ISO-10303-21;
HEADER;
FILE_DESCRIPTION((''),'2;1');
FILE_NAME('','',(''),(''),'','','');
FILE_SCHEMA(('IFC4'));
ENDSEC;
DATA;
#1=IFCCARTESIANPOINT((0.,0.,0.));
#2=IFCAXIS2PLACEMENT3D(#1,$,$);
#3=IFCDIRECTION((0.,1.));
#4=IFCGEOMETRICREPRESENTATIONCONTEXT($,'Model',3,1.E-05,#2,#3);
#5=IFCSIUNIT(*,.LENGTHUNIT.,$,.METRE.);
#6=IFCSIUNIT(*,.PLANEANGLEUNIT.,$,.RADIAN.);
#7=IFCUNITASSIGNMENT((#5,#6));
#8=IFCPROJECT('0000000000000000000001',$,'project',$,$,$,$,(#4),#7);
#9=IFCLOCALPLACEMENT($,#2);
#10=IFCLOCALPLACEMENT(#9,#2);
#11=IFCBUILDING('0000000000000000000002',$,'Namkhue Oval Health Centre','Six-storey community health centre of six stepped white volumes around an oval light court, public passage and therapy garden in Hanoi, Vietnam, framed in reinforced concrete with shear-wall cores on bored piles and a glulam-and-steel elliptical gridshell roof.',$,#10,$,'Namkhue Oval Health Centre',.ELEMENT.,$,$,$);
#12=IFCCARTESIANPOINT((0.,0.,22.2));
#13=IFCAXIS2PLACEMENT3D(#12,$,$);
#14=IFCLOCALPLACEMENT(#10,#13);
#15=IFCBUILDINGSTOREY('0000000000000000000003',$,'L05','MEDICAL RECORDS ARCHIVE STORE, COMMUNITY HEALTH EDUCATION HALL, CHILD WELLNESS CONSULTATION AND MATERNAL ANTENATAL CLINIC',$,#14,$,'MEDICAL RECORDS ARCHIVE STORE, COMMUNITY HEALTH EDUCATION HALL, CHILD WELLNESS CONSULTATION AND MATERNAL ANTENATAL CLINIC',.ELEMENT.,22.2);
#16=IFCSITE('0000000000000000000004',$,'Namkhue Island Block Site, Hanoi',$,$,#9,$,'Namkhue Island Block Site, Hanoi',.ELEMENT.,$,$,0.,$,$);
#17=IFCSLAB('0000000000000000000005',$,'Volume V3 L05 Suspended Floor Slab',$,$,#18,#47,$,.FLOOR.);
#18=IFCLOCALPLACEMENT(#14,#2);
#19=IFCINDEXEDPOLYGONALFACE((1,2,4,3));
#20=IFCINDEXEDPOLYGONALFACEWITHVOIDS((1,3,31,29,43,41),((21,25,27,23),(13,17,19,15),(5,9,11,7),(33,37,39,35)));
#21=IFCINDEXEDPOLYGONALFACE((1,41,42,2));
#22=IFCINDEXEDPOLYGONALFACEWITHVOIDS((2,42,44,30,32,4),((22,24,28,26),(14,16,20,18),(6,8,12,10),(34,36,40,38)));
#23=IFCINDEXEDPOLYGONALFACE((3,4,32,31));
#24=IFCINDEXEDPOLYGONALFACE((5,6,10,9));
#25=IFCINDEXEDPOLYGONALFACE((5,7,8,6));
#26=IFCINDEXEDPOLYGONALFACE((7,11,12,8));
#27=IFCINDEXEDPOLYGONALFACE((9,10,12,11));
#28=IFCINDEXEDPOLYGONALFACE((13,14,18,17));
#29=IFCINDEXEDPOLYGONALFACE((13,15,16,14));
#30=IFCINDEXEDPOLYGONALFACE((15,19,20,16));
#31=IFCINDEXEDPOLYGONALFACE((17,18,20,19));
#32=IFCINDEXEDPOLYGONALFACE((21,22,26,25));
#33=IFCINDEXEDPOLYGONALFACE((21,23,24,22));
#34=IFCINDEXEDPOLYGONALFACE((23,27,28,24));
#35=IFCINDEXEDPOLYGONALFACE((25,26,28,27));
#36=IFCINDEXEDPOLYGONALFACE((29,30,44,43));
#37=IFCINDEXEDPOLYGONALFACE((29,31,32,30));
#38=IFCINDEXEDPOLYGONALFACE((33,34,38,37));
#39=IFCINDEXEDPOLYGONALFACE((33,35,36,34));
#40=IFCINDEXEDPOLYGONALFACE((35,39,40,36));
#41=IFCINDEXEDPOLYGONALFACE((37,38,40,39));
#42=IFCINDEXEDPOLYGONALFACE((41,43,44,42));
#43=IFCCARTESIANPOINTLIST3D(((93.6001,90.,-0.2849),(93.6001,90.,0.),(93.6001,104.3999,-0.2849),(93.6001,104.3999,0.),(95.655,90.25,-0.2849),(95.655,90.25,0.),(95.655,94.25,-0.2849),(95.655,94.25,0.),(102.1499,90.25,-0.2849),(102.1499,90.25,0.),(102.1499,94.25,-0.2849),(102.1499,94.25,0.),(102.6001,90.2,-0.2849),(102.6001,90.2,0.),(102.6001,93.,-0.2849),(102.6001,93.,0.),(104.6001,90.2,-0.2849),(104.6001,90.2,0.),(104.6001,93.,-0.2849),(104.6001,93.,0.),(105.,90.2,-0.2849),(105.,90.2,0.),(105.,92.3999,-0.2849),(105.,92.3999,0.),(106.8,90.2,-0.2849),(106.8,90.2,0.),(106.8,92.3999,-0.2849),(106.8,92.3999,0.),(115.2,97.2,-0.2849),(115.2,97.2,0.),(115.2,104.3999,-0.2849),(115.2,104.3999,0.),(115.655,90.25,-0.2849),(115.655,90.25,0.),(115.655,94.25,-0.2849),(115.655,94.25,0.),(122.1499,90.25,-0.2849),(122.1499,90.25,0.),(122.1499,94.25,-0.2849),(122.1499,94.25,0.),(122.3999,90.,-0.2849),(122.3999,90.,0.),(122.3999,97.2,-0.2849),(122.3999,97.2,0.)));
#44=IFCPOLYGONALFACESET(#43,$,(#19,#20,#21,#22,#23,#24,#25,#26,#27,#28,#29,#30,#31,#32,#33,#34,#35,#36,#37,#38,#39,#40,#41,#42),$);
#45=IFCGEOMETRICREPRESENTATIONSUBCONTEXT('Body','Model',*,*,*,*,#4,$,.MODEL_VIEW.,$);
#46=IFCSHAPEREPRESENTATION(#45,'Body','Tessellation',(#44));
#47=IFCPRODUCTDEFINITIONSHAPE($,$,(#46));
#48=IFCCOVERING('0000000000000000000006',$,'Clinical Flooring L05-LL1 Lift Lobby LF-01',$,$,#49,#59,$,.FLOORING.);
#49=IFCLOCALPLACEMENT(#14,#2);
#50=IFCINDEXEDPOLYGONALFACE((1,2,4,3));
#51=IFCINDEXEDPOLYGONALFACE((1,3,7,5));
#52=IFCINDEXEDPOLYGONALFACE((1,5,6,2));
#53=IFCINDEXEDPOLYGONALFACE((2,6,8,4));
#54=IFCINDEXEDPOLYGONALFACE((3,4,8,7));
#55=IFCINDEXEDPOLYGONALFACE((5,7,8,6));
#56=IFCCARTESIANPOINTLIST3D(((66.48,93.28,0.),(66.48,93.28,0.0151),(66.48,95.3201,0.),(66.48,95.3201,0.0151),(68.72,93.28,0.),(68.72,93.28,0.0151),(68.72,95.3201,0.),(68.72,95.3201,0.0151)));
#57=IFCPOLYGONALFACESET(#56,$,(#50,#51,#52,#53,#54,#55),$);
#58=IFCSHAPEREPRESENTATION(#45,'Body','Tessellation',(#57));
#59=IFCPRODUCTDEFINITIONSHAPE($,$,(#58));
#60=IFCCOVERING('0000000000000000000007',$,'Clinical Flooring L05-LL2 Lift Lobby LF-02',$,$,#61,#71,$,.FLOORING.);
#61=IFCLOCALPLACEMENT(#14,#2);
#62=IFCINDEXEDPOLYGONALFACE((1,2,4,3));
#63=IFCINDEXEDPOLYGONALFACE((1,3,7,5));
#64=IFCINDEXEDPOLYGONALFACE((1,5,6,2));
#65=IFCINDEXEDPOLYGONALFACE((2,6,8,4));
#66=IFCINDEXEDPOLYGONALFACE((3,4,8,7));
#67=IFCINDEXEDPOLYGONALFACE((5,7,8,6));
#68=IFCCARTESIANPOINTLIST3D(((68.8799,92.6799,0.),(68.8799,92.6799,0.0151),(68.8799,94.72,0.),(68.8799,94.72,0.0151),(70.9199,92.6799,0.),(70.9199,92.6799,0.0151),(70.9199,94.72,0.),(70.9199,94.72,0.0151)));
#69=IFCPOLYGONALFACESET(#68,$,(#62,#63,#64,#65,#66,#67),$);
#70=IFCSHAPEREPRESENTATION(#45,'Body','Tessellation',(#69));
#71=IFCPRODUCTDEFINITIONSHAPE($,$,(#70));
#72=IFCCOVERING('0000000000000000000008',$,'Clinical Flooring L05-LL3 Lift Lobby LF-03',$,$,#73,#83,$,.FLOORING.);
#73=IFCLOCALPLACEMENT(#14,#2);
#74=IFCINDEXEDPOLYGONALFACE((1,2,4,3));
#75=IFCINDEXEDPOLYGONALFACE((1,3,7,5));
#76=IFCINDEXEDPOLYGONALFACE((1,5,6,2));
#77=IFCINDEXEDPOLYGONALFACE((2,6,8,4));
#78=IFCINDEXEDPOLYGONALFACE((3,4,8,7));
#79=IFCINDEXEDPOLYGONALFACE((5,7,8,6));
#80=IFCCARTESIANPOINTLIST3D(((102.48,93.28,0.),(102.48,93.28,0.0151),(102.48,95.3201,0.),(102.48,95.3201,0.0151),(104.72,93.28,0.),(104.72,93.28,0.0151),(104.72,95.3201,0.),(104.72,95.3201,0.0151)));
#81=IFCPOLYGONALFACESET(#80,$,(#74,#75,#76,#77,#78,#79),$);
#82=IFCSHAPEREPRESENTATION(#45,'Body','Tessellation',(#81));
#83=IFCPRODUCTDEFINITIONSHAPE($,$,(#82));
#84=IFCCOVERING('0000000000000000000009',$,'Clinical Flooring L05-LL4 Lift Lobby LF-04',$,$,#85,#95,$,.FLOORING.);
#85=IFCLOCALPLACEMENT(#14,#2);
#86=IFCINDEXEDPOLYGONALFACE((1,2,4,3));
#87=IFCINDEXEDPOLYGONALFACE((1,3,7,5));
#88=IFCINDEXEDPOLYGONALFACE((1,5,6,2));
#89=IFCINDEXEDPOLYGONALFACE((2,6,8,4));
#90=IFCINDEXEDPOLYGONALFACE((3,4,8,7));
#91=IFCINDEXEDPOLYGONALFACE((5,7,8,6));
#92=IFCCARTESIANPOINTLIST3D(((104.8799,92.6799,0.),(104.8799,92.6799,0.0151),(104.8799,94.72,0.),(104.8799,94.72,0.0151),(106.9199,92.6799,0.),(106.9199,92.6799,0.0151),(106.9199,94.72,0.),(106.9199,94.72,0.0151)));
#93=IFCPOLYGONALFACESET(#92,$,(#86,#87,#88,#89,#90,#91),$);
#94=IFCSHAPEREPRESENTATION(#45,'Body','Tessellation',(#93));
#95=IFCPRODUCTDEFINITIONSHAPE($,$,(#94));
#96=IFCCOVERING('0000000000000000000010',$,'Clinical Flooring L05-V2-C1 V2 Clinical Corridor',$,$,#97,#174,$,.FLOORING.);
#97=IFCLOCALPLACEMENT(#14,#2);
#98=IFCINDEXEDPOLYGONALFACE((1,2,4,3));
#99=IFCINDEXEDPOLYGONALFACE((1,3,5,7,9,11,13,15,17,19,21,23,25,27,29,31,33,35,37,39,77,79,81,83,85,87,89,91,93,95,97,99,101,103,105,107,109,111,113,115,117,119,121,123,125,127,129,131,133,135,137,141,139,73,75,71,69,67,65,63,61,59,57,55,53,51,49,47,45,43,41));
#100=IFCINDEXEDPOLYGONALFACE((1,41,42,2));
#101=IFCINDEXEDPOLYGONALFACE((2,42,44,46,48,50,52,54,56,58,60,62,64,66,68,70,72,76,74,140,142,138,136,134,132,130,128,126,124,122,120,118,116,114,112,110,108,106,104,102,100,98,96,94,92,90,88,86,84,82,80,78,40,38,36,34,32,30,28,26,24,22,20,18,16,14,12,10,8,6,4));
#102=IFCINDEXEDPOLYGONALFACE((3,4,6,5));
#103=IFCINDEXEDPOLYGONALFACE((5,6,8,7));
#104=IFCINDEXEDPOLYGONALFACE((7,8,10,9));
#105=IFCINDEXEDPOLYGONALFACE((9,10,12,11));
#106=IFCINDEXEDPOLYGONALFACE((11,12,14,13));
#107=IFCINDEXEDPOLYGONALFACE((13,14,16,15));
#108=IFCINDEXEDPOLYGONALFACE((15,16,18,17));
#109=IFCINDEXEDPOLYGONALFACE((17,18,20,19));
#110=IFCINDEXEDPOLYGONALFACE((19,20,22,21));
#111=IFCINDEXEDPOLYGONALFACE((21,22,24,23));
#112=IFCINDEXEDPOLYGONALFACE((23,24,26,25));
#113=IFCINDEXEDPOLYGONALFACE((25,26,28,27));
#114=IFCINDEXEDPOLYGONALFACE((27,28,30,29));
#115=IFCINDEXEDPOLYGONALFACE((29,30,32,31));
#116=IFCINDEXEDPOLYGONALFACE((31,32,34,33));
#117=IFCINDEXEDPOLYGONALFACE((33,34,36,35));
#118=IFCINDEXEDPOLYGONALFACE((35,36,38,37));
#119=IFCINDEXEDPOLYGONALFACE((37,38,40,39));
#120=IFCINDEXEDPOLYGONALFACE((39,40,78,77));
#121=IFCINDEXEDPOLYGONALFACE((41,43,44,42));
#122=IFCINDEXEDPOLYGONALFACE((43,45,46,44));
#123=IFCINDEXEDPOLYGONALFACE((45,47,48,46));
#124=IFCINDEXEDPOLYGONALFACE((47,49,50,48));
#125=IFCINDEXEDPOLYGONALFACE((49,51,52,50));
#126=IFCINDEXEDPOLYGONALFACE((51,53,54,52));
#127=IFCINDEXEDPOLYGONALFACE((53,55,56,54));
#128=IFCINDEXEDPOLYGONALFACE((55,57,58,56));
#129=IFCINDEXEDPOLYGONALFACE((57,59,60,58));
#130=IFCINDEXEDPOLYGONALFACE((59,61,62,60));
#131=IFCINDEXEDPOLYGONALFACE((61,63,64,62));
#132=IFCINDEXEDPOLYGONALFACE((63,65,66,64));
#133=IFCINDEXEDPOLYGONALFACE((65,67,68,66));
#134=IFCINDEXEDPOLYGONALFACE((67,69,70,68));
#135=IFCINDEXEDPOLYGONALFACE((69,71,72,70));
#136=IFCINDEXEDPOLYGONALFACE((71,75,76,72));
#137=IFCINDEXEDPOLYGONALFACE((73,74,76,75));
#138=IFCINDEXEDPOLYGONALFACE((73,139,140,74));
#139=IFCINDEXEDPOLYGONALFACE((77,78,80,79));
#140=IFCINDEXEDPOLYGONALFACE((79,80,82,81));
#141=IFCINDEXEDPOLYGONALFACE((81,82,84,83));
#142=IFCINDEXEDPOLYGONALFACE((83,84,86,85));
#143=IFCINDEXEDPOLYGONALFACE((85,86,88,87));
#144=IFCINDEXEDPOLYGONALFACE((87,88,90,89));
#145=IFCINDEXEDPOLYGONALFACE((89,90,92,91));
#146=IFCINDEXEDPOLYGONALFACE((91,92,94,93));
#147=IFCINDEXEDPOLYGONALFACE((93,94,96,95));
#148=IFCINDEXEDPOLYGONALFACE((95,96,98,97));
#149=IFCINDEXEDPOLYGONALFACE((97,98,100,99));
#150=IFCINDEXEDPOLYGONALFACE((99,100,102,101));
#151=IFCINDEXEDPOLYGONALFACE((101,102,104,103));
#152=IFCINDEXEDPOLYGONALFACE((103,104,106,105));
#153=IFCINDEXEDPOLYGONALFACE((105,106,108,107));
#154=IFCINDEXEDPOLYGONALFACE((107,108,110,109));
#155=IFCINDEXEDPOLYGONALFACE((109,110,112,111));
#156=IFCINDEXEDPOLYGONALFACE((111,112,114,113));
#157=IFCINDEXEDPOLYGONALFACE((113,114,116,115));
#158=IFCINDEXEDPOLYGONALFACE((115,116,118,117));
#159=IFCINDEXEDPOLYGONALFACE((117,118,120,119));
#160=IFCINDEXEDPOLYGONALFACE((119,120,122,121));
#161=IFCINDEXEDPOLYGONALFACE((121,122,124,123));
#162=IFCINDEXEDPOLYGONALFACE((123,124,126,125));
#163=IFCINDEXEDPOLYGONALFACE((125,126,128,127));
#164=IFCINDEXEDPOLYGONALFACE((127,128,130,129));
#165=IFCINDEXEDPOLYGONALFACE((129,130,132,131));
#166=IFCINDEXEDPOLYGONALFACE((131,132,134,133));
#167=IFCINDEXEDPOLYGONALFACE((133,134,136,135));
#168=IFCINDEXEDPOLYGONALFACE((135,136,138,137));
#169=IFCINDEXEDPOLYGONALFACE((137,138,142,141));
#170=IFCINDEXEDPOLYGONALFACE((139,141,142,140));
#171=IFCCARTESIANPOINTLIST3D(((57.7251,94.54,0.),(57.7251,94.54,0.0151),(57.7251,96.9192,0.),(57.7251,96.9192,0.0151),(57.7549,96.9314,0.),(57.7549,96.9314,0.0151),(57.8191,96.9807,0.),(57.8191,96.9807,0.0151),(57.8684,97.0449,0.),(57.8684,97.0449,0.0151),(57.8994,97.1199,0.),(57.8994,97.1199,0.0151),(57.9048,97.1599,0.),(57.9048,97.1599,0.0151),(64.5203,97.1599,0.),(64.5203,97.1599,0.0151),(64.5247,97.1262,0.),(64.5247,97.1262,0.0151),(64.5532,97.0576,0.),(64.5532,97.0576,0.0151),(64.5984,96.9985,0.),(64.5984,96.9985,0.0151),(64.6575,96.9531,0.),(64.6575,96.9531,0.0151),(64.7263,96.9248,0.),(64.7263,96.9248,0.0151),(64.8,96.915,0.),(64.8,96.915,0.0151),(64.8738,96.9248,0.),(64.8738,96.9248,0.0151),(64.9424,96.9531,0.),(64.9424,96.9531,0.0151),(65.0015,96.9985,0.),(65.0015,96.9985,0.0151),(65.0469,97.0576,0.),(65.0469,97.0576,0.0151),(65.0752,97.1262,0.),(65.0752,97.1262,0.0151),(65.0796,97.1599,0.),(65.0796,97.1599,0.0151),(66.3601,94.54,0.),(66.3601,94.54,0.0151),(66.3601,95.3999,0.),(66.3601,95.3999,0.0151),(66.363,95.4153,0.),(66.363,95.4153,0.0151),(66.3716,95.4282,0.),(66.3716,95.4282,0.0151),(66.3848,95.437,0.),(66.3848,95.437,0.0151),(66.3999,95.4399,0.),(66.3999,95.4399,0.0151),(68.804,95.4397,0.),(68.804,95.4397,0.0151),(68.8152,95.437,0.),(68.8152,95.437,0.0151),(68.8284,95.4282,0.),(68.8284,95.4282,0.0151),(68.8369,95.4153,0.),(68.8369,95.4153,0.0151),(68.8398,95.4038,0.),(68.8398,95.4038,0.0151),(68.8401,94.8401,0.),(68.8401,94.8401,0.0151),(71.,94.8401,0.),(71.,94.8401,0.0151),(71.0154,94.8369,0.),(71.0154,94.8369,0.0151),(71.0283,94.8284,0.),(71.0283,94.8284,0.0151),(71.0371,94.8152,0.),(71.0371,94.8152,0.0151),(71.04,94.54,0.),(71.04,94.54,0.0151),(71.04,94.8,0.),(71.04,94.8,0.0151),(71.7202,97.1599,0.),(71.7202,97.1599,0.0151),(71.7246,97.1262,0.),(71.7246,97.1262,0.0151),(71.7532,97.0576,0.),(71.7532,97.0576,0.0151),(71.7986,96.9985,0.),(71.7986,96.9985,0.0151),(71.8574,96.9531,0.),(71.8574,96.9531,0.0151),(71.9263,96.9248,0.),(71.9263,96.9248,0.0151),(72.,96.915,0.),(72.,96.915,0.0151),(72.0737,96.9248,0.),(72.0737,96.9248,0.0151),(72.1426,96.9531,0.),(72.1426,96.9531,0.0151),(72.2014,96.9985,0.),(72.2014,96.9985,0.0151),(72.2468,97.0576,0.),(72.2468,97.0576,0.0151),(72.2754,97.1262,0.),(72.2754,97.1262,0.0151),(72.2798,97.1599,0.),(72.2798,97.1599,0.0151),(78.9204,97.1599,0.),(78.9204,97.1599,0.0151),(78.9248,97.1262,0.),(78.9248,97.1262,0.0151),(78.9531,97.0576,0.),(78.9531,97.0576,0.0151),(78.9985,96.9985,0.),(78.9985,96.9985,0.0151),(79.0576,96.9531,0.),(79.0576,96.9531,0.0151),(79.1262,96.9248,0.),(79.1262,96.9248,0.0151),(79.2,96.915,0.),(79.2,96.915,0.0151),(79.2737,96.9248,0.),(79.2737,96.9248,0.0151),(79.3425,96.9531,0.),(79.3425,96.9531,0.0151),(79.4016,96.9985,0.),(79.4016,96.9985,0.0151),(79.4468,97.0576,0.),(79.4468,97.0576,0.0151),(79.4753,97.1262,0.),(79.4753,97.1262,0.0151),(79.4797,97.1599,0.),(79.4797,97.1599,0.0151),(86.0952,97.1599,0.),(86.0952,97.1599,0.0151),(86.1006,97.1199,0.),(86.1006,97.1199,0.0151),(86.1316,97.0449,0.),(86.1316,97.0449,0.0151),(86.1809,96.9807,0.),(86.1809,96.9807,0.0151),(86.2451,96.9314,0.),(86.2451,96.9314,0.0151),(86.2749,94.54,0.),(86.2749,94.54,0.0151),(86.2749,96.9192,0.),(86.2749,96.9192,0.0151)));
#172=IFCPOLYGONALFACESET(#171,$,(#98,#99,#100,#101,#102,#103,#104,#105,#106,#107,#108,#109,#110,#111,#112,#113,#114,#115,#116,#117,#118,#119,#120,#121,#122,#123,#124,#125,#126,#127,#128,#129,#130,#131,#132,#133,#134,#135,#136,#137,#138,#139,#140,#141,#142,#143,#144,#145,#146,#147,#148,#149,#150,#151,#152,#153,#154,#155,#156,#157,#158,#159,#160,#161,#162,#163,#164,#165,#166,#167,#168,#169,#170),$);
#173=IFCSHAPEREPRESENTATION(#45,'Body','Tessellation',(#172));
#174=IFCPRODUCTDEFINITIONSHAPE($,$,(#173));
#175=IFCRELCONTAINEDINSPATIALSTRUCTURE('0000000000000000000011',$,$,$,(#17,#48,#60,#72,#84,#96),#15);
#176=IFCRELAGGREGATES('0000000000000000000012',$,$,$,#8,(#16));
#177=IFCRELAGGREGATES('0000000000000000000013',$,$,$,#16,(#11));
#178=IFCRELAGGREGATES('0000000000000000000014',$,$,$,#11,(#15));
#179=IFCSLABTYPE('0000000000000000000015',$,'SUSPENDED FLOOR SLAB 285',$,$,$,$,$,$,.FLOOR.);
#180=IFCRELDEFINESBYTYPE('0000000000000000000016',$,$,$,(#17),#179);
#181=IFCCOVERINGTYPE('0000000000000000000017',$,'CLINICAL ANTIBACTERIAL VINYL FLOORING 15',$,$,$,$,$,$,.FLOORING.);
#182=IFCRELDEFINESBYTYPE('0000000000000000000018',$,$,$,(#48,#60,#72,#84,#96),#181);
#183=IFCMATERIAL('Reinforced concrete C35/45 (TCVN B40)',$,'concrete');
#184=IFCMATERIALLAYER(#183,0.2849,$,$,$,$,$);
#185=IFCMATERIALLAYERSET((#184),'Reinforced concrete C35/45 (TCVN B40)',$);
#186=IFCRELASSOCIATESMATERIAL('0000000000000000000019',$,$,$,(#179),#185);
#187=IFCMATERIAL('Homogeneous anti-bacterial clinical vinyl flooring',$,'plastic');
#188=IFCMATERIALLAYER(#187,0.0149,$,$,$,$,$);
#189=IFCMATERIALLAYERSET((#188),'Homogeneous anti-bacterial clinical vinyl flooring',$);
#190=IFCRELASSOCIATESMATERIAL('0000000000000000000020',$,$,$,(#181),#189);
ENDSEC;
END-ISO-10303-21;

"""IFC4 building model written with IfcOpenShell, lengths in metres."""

from ifc_helpers import new_model, si_unit, direction, frame, origin, place, context, subcontext, project, spatial, polyline, outline, extrude, material, layer, layer_set, type_object, element, save


model = new_model("IFC4")

# Units and contexts
model_context = context("Model", 3, precision=1e-05, world=origin(), true_north=direction((0.0, 1.0)))
body_context = subcontext(model_context, "Body", "Model", "MODEL_VIEW")
ifc_project = project(units=[si_unit("LENGTHUNIT", "METRE"), si_unit("PLANEANGLEUNIT", "RADIAN")], contexts=[model_context])

# Site, building, storey
site_placement = place(None, origin())
site = spatial("IfcSite", under=ifc_project, at=site_placement, Name="Namkhue Island Block Site, Hanoi", LongName="Namkhue Island Block Site, Hanoi", CompositionType="ELEMENT", RefElevation=0.0)
building_placement = place(site_placement, origin())
building = spatial("IfcBuilding", under=site, at=building_placement, Name="Namkhue Oval Health Centre", Description="Six-storey community health centre of six stepped white volumes around an oval light court, public passage and therapy garden in Hanoi, Vietnam, framed in reinforced concrete with shear-wall cores on bored piles and a glulam-and-steel elliptical gridshell roof.", LongName="Namkhue Oval Health Centre", CompositionType="ELEMENT")
storey_placement = place(building_placement, frame((0.0, 0.0, 22.2)))
storey = spatial("IfcBuildingStorey", under=building, at=storey_placement, Name="L05", Description="MEDICAL RECORDS ARCHIVE STORE, COMMUNITY HEALTH EDUCATION HALL, CHILD WELLNESS CONSULTATION AND MATERNAL ANTENATAL CLINIC", LongName="MEDICAL RECORDS ARCHIVE STORE, COMMUNITY HEALTH EDUCATION HALL, CHILD WELLNESS CONSULTATION AND MATERNAL ANTENATAL CLINIC", CompositionType="ELEMENT", Elevation=22.2)

# Slab
ifc_material_1 = material(Name="Reinforced concrete C35/45 (TCVN B40)", Category="concrete")
ifc_layer_1 = layer(ifc_material_1, 0.2849)
ifc_layer_set_1 = layer_set([ifc_layer_1], Name="Reinforced concrete C35/45 (TCVN B40)")
slab_type_1 = type_object("IfcSlabType", Name="SUSPENDED FLOOR SLAB 285", PredefinedType="FLOOR", material=ifc_layer_set_1)
slab_1_placement = place(storey_placement, frame((0.0, 0.0, -0.2849)))
element("IfcSlab", 1, at=slab_1_placement, inside=storey, type_object=slab_type_1, Name="Volume V3 L05 Suspended Floor Slab", PredefinedType="FLOOR", context=body_context, shape_type="SweptSolid", body=[
    extrude(outline(polyline([(93.6001, 90.0), (122.3999, 90.0), (122.3999, 97.2), (115.2, 97.2), (115.2, 104.3999), (93.6001, 104.3999), (93.6001, 90.0)]), holes=[polyline([(95.655, 90.25), (102.1499, 90.25), (102.1499, 94.25), (95.655, 94.25), (95.655, 90.25)]), polyline([(115.655, 90.25), (122.1499, 90.25), (122.1499, 94.25), (115.655, 94.25), (115.655, 90.25)]), polyline([(102.6001, 90.2), (104.6001, 90.2), (104.6001, 93.0), (102.6001, 93.0), (102.6001, 90.2)]), polyline([(105.0, 90.2), (106.8, 90.2), (106.8, 92.3999), (105.0, 92.3999), (105.0, 90.2)])]), origin(), (0.0, 0.0, 1.0), 0.2849),
])

# Coverings
ifc_material_2 = material(Name="Homogeneous anti-bacterial clinical vinyl flooring", Category="plastic")
ifc_layer_2 = layer(ifc_material_2, 0.0149)
ifc_layer_set_2 = layer_set([ifc_layer_2], Name="Homogeneous anti-bacterial clinical vinyl flooring")
covering_type = type_object("IfcCoveringType", Name="CLINICAL ANTIBACTERIAL VINYL FLOORING 15", PredefinedType="FLOORING", material=ifc_layer_set_2)
covering_1_placement = place(storey_placement, origin())
element("IfcCovering", 2, at=covering_1_placement, inside=storey, type_object=covering_type, Name="Clinical Flooring L05-LL1 Lift Lobby LF-01", PredefinedType="FLOORING", context=body_context, shape_type="SweptSolid", body=[
    extrude(outline(polyline([(66.48, 93.28), (66.48, 95.3201), (68.72, 95.3201), (68.72, 93.28), (66.48, 93.28)])), origin(), (0.0, 0.0, 1.0), 0.0151),
])
covering_2_placement = place(storey_placement, origin())
element("IfcCovering", 3, at=covering_2_placement, inside=storey, type_object=covering_type, Name="Clinical Flooring L05-LL2 Lift Lobby LF-02", PredefinedType="FLOORING", context=body_context, shape_type="SweptSolid", body=[
    extrude(outline(polyline([(68.8799, 92.6799), (68.8799, 94.72), (70.9199, 94.72), (70.9199, 92.6799), (68.8799, 92.6799)])), origin(), (0.0, 0.0, 1.0), 0.0151),
])
covering_3_placement = place(storey_placement, origin())
element("IfcCovering", 4, at=covering_3_placement, inside=storey, type_object=covering_type, Name="Clinical Flooring L05-LL3 Lift Lobby LF-03", PredefinedType="FLOORING", context=body_context, shape_type="SweptSolid", body=[
    extrude(outline(polyline([(102.48, 93.28), (102.48, 95.3201), (104.72, 95.3201), (104.72, 93.28), (102.48, 93.28)])), origin(), (0.0, 0.0, 1.0), 0.0151),
])
covering_4_placement = place(storey_placement, origin())
element("IfcCovering", 5, at=covering_4_placement, inside=storey, type_object=covering_type, Name="Clinical Flooring L05-LL4 Lift Lobby LF-04", PredefinedType="FLOORING", context=body_context, shape_type="SweptSolid", body=[
    extrude(outline(polyline([(104.8799, 92.6799), (104.8799, 94.72), (106.9199, 94.72), (106.9199, 92.6799), (104.8799, 92.6799)])), origin(), (0.0, 0.0, 1.0), 0.0151),
])
covering_5_placement = place(storey_placement, origin())
element("IfcCovering", 6, at=covering_5_placement, inside=storey, type_object=covering_type, Name="Clinical Flooring L05-V2-C1 V2 Clinical Corridor", PredefinedType="FLOORING", context=body_context, shape_type="SweptSolid", body=[
    extrude(outline(polyline([(71.04, 94.8), (71.0371, 94.8152), (71.0283, 94.8284), (71.0154, 94.8369), (71.0, 94.8401), (68.8401, 94.8401), (68.8398, 95.4038), (68.8369, 95.4153), (68.8284, 95.4282), (68.8152, 95.437), (68.804, 95.4397), (66.3999, 95.4399), (66.3848, 95.437), (66.3716, 95.4282), (66.363, 95.4153), (66.3601, 95.3999), (66.3601, 94.54), (57.7251, 94.54), (57.7251, 96.9192), (57.7549, 96.9314), (57.8191, 96.9807), (57.8684, 97.0449), (57.8994, 97.1199), (57.9048, 97.1599), (64.5203, 97.1599), (64.5247, 97.1262), (64.5532, 97.0576), (64.5984, 96.9985), (64.6575, 96.9531), (64.7263, 96.9248), (64.8, 96.915), (64.8738, 96.9248), (64.9424, 96.9531), (65.0015, 96.9985), (65.0469, 97.0576), (65.0752, 97.1262), (65.0796, 97.1599), (71.7202, 97.1599), (71.7246, 97.1262), (71.7532, 97.0576), (71.7986, 96.9985), (71.8574, 96.9531), (71.9263, 96.9248), (72.0, 96.915), (72.0737, 96.9248), (72.1426, 96.9531), (72.2014, 96.9985), (72.2468, 97.0576), (72.2754, 97.1262), (72.2798, 97.1599), (78.9204, 97.1599), (78.9248, 97.1262), (78.9531, 97.0576), (78.9985, 96.9985), (79.0576, 96.9531), (79.1262, 96.9248), (79.2, 96.915), (79.2737, 96.9248), (79.3425, 96.9531), (79.4016, 96.9985), (79.4468, 97.0576), (79.4753, 97.1262), (79.4797, 97.1599), (86.0952, 97.1599), (86.1006, 97.1199), (86.1316, 97.0449), (86.1809, 96.9807), (86.2451, 96.9314), (86.2749, 96.9192), (86.2749, 94.54), (71.04, 94.54), (71.04, 94.8)])), origin(), (0.0, 0.0, 1.0), 0.0151),
])

save(model, "model.ifc")
